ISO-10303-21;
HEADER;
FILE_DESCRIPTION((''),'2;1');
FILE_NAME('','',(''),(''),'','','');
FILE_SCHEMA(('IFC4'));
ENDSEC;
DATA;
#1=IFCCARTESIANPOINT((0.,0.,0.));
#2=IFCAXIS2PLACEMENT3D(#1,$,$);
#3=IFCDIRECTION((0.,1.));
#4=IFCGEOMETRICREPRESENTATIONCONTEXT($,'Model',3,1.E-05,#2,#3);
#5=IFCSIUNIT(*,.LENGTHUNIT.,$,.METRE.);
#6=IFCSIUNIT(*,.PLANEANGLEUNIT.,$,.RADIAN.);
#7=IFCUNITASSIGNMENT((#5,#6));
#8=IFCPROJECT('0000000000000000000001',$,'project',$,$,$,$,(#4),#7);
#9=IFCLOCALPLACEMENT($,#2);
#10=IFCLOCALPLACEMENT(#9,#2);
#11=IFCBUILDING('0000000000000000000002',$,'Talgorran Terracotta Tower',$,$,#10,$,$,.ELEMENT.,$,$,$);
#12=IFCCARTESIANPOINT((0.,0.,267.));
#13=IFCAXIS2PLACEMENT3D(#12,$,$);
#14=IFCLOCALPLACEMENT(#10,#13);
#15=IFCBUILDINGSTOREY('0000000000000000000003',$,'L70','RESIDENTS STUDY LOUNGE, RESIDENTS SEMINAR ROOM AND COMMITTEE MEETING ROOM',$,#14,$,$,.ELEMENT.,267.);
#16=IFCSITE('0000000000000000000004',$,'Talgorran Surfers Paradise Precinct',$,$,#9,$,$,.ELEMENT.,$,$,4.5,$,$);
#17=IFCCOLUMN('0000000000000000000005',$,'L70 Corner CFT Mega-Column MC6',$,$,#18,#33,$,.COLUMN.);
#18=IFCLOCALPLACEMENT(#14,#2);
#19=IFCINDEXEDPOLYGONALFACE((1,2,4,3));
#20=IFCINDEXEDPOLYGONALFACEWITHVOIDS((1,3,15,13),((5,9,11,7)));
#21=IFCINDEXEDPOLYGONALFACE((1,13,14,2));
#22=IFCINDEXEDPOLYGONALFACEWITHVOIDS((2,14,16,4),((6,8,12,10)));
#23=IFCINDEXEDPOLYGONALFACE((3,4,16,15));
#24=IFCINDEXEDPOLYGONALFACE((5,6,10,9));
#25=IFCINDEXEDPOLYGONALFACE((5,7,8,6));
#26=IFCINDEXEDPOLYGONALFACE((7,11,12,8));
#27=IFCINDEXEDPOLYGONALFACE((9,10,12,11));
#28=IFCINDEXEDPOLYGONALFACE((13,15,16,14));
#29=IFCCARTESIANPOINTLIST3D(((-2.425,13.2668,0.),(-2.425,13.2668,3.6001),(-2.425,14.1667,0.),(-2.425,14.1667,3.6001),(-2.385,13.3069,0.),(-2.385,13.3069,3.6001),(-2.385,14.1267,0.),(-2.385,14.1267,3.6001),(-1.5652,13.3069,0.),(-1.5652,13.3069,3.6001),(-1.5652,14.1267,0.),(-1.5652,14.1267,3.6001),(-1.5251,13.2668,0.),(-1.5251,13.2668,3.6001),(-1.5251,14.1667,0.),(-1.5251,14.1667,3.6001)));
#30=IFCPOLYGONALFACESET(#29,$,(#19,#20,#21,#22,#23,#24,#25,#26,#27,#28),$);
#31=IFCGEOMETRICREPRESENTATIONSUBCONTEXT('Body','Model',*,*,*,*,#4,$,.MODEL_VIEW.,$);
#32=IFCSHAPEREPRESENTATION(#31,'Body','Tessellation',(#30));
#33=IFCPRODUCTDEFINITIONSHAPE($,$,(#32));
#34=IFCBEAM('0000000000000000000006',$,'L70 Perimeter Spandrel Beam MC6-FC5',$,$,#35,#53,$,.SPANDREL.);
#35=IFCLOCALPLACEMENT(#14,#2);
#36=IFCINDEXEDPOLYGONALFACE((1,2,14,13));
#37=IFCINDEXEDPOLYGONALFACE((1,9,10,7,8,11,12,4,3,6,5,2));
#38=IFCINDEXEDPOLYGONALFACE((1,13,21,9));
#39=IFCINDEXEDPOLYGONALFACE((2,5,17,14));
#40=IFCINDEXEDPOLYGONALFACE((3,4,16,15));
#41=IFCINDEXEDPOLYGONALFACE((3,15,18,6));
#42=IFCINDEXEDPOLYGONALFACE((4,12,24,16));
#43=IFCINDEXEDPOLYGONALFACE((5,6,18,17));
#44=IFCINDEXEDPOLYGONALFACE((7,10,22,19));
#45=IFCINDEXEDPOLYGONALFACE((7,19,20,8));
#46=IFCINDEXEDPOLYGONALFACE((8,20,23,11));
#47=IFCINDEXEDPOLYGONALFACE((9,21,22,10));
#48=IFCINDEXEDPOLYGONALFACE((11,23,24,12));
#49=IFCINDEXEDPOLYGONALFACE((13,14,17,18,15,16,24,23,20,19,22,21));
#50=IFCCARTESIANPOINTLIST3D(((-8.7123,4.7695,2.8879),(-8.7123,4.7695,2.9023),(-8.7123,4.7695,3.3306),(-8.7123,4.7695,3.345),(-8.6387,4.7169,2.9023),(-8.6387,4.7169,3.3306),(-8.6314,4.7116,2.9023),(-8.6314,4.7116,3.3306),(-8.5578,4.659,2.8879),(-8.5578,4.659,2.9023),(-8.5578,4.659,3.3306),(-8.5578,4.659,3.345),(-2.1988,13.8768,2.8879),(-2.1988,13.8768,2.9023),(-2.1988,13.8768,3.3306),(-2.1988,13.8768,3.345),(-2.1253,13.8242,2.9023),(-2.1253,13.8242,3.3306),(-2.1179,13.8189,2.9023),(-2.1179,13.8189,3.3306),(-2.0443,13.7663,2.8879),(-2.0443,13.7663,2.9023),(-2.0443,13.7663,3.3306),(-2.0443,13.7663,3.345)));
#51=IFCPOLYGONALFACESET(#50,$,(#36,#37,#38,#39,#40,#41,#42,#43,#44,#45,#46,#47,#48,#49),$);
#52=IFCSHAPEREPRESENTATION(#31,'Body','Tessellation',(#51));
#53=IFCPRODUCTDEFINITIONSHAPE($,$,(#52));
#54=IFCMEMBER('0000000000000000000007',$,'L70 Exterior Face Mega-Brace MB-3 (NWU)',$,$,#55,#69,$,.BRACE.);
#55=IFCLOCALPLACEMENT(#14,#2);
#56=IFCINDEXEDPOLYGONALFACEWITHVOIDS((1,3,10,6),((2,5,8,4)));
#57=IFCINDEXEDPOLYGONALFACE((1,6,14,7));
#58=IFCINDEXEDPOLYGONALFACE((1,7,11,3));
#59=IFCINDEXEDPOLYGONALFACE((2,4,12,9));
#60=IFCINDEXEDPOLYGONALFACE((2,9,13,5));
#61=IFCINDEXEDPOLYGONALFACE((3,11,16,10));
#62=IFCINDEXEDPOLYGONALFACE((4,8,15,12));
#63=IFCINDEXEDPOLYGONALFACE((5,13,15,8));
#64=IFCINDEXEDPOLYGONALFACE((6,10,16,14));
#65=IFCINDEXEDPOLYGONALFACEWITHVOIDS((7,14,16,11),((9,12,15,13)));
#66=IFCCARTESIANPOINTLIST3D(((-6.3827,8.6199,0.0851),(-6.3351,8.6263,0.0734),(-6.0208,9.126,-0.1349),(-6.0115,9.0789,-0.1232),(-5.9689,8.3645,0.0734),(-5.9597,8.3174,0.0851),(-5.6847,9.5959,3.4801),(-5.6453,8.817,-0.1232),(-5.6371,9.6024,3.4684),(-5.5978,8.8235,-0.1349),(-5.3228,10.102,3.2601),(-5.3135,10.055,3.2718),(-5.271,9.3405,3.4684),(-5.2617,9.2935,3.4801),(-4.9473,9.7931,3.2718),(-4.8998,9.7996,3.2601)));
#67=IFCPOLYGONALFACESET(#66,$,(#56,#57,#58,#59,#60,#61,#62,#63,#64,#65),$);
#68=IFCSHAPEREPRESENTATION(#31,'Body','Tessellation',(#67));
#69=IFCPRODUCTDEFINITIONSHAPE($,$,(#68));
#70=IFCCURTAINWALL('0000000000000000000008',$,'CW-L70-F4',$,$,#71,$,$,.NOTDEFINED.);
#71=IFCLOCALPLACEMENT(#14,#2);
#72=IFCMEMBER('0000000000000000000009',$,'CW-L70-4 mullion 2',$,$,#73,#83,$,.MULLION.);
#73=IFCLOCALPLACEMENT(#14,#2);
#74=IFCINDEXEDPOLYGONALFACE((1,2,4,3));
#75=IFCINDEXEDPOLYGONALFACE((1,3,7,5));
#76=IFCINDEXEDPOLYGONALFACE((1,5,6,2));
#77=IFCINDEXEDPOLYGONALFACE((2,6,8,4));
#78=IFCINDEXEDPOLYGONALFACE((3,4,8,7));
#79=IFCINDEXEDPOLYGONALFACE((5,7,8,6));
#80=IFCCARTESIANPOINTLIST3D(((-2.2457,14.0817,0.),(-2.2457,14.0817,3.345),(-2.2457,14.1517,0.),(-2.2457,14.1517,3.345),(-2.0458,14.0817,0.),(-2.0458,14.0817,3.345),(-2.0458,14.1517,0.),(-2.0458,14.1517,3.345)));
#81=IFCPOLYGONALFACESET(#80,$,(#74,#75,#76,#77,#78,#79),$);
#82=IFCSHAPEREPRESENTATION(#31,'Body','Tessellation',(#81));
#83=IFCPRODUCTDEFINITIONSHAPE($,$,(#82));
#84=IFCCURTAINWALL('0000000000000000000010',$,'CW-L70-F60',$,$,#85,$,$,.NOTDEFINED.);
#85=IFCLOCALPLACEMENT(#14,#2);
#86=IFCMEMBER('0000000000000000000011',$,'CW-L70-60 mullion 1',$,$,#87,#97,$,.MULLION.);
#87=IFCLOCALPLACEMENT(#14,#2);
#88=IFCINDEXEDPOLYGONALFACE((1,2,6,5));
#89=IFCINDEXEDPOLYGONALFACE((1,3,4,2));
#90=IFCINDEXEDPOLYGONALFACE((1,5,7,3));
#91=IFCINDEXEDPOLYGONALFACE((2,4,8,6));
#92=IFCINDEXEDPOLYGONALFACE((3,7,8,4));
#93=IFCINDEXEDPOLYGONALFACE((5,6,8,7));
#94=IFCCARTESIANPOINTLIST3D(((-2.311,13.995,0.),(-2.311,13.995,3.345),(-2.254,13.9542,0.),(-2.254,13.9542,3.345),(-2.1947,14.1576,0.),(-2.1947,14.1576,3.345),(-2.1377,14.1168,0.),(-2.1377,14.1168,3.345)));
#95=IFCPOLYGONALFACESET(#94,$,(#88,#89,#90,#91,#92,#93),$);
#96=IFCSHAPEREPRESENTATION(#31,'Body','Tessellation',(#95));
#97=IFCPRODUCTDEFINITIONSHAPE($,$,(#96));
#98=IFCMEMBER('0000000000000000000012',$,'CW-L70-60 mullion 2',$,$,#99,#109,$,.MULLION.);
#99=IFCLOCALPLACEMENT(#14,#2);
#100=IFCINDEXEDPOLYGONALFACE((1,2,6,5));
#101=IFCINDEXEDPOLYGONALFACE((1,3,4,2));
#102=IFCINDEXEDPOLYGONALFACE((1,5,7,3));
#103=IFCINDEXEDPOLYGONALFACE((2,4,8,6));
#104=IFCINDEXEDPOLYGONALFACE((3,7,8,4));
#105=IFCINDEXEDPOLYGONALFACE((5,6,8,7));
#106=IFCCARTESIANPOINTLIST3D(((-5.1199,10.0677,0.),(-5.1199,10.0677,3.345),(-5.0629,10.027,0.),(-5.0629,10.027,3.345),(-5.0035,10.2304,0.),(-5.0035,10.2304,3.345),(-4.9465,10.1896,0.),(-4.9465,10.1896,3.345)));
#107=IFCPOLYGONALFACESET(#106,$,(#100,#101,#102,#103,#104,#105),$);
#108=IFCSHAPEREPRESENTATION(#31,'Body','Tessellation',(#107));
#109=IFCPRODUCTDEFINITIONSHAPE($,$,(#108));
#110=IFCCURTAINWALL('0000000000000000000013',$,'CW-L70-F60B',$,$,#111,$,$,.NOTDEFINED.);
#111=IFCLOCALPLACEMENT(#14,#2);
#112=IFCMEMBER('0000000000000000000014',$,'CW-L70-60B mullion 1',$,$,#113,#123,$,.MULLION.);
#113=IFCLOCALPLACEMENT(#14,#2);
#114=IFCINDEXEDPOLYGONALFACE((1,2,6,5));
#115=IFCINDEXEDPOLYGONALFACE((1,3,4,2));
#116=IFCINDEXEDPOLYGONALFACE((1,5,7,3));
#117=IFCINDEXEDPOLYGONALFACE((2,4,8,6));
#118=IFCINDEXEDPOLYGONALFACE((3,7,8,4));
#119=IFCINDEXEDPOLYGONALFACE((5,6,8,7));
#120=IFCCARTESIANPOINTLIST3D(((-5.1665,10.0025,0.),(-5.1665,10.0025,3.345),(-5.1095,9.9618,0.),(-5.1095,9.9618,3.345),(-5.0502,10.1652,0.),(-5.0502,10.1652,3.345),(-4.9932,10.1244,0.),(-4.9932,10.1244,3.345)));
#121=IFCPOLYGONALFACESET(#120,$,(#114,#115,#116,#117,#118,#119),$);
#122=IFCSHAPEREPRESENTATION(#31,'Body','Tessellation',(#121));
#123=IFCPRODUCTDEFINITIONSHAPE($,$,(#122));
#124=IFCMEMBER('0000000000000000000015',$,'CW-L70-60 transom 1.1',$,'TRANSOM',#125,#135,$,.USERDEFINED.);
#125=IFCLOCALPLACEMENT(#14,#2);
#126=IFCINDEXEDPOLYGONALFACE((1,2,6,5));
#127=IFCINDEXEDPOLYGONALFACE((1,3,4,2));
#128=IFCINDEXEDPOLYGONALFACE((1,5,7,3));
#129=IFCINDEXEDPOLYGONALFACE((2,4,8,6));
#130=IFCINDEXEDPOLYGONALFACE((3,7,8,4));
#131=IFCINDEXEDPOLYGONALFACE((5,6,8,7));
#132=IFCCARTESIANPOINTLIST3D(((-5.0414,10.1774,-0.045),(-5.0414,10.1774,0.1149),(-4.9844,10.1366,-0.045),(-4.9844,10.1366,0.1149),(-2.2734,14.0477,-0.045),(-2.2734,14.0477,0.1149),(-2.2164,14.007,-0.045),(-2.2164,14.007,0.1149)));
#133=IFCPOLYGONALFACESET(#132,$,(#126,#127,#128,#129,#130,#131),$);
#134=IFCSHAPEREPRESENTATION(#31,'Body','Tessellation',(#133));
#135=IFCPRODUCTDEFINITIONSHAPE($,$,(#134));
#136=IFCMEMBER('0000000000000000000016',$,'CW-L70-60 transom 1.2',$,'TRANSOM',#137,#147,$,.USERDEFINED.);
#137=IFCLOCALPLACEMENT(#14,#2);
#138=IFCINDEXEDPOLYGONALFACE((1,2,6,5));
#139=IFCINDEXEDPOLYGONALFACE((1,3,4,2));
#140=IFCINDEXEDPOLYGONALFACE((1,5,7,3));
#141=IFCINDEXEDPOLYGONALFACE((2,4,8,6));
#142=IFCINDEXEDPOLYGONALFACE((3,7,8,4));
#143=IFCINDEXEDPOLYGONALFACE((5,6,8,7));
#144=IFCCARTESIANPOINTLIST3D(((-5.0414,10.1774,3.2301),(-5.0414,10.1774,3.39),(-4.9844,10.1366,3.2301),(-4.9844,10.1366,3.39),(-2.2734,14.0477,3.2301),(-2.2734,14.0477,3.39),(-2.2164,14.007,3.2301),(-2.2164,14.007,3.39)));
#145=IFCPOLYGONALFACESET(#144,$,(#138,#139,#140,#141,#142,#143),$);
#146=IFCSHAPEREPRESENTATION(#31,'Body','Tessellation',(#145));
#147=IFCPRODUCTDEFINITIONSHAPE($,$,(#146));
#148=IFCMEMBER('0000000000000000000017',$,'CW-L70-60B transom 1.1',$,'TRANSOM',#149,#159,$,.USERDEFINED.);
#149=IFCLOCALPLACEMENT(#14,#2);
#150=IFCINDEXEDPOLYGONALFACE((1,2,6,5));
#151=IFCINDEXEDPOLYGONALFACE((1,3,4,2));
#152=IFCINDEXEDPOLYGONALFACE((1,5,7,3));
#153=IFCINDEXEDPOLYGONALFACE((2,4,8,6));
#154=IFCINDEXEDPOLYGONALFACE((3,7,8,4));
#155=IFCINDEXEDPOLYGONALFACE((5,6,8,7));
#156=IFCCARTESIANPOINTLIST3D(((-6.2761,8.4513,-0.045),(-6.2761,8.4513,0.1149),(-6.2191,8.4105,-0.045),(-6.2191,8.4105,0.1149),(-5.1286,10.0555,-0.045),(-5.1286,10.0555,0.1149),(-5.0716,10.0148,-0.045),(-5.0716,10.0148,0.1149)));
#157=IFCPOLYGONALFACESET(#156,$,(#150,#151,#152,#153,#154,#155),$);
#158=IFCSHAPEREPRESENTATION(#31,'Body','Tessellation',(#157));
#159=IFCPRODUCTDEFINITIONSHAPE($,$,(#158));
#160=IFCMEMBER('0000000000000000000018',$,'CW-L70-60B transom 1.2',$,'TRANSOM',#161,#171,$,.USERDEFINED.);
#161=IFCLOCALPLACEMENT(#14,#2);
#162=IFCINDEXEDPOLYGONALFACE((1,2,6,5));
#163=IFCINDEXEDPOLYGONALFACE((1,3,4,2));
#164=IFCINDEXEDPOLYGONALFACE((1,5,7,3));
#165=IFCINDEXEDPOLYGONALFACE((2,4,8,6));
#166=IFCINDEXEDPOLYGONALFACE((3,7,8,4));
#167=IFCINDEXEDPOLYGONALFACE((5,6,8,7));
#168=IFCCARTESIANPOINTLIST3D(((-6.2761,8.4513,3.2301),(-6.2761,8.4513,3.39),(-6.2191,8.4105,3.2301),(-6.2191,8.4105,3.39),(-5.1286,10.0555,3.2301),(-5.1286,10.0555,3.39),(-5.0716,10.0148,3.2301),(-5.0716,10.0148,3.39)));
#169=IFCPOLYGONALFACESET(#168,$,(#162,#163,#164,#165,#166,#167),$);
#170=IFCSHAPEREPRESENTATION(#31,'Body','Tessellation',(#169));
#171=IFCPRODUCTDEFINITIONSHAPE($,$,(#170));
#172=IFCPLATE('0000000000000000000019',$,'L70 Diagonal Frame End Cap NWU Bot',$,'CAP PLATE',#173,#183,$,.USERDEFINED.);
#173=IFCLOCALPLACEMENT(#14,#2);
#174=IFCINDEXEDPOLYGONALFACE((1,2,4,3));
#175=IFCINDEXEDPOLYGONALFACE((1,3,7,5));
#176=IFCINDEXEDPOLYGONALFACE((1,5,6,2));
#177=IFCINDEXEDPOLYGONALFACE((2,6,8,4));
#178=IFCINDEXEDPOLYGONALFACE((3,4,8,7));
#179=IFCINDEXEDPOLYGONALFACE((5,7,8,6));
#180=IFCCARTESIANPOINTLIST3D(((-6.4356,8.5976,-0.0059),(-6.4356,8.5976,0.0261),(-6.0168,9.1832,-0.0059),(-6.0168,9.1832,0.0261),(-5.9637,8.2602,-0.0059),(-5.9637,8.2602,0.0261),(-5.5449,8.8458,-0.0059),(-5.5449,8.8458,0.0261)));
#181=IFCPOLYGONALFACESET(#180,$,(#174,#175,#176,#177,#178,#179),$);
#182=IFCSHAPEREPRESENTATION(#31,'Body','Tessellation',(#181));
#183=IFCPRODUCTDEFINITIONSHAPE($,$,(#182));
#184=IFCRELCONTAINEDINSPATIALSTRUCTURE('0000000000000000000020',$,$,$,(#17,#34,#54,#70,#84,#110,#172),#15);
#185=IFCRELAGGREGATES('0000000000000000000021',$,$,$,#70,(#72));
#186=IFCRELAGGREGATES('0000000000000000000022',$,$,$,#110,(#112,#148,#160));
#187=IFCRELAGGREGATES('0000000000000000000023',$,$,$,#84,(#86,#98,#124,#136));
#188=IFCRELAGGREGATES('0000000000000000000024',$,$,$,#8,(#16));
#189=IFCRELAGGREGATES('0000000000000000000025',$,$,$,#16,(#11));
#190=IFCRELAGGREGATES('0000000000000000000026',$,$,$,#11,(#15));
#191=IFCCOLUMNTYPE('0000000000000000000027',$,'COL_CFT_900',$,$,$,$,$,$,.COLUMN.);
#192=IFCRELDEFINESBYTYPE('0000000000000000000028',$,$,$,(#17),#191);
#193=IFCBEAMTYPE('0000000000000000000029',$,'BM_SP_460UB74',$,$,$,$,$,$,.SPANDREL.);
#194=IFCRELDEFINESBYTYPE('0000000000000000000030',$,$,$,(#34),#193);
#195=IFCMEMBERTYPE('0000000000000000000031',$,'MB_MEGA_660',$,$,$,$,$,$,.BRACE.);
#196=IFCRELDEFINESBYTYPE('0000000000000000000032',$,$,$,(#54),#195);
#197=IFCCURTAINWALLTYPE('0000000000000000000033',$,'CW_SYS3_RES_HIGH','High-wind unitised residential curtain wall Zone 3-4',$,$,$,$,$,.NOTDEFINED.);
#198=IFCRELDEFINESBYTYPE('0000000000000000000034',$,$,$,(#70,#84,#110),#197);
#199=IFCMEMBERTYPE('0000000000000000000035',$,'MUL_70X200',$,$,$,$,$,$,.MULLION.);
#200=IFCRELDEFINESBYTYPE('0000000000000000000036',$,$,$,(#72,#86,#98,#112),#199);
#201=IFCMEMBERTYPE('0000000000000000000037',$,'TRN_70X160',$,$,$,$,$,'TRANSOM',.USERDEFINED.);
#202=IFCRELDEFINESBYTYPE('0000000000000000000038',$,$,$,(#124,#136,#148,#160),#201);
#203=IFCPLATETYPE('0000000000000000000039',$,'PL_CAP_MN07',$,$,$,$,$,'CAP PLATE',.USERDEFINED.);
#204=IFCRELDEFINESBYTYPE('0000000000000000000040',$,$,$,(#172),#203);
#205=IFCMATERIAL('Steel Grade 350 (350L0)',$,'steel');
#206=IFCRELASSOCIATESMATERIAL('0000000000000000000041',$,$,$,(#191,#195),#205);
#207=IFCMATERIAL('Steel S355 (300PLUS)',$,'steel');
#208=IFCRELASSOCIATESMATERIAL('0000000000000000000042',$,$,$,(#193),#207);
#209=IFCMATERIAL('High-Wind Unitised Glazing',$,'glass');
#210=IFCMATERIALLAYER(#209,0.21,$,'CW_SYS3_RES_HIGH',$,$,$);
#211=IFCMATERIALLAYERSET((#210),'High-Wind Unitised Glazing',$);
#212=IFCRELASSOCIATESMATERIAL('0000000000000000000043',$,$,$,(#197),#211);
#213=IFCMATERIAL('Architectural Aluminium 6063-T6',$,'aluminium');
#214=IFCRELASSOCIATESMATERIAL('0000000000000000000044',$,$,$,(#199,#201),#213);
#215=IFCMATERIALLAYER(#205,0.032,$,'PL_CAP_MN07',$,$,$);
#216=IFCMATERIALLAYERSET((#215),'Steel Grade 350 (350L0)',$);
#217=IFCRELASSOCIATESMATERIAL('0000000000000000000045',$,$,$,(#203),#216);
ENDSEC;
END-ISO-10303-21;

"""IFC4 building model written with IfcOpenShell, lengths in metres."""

from ifc_helpers import new_model, si_unit, direction, frame, origin, origin_2d, place, context, subcontext, project, spatial, rectangle, hollow_rectangle, i_section, extrude, material, layer, layer_set, material_profile, profile_set, type_object, element, aggregate, save


model = new_model("IFC4")

# Units and contexts
model_context = context("Model", 3, precision=1e-05, world=origin(), true_north=direction((0.0, 1.0)))
body_context = subcontext(model_context, "Body", "Model", "MODEL_VIEW")
ifc_project = project(units=[si_unit("LENGTHUNIT", "METRE"), si_unit("PLANEANGLEUNIT", "RADIAN")], contexts=[model_context])

# Site, building, storey
site_placement = place(None, origin())
site = spatial("IfcSite", under=ifc_project, at=site_placement, Name="Talgorran Surfers Paradise Precinct", CompositionType="ELEMENT", RefElevation=4.5)
building_placement = place(site_placement, origin())
building = spatial("IfcBuilding", under=site, at=building_placement, Name="Talgorran Terracotta Tower", CompositionType="ELEMENT")
storey_placement = place(building_placement, frame((0.0, 0.0, 267.0)))
storey = spatial("IfcBuildingStorey", under=building, at=storey_placement, Name="L70", Description="RESIDENTS STUDY LOUNGE, RESIDENTS SEMINAR ROOM AND COMMITTEE MEETING ROOM", CompositionType="ELEMENT", Elevation=267.0)

# Column
ifc_material_1 = material(Name="Steel Grade 350 (350L0)", Category="steel")
ifc_material_profile_1 = material_profile(ifc_material_1, hollow_rectangle(XDim=0.8999, YDim=0.8999, WallThickness=0.04, at=origin_2d()), Name="CFT900X900X40")
ifc_profile_set_1 = profile_set([ifc_material_profile_1], Name="Steel Grade 350 (350L0)")
column_type = type_object("IfcColumnType", Name="COL_CFT_900", PredefinedType="COLUMN", material=ifc_profile_set_1)
column_placement = place(storey_placement, frame((-1.9751, 13.7168, 0.0), z_axis=(0.0, 0.0, 1.0), x_axis=(1.0, 0.0, 0.0)))
element("IfcColumn", 1, at=column_placement, inside=storey, type_object=column_type, Name="L70 Corner CFT Mega-Column MC6", PredefinedType="COLUMN", context=body_context, shape_type="SweptSolid", body=[
    extrude(hollow_rectangle(XDim=0.8999, YDim=0.8999, WallThickness=0.04, at=origin_2d()), origin(), (0.0, 0.0, 1.0), 3.6001),
])

# Beam
ifc_material_2 = material(Name="Steel S355 (300PLUS)", Category="steel")
ifc_material_profile_2 = material_profile(ifc_material_2, i_section(OverallWidth=0.1899, OverallDepth=0.457, WebThickness=0.009, FlangeThickness=0.0144, at=origin_2d()), Name="460UB74.6")
ifc_profile_set_2 = profile_set([ifc_material_profile_2], Name="Steel S355 (300PLUS)")
beam_type = type_object("IfcBeamType", Name="BM_SP_460UB74", PredefinedType="SPANDREL", material=ifc_profile_set_2)
beam_placement = place(storey_placement, frame((-2.1216, 13.8215, 3.1165), z_axis=(-0.581729, -0.813383, 0.0), x_axis=(0.813383, -0.581729, 0.0)))
element("IfcBeam", 2, at=beam_placement, inside=storey, type_object=beam_type, Name="L70 Perimeter Spandrel Beam MC6-FC5", PredefinedType="SPANDREL", context=body_context, shape_type="SweptSolid", body=[
    extrude(i_section(OverallWidth=0.1899, OverallDepth=0.457, WebThickness=0.009, FlangeThickness=0.0144, at=origin_2d()), origin(), (0.0, 0.0, 1.0), 11.1968),
])

# Member
ifc_material_profile_3 = material_profile(ifc_material_1, hollow_rectangle(XDim=0.52, YDim=0.6599, WallThickness=0.0349, at=origin_2d()), Name="WBOX660X520X35")
ifc_profile_set_3 = profile_set([ifc_material_profile_3], Name="Steel Grade 350 (350L0)")
member_type_1 = type_object("IfcMemberType", Name="MB_MEGA_660", PredefinedType="BRACE", material=ifc_profile_set_3)
member_1_placement = place(storey_placement, frame((-5.9902, 8.7217, -0.0249), z_axis=(0.193843, 0.271068, 0.94284), x_axis=(-0.813417, 0.581681, 0.0)))
element("IfcMember", 3, at=member_1_placement, inside=storey, type_object=member_type_1, Name="L70 Exterior Face Mega-Brace MB-3 (NWU)", PredefinedType="BRACE", context=body_context, shape_type="SweptSolid", body=[
    extrude(hollow_rectangle(XDim=0.52, YDim=0.6599, WallThickness=0.0349, at=origin_2d()), origin(), (0.0, 0.0, 1.0), 3.6008),
])

# Curtain wall, member
ifc_material_3 = material(Name="High-Wind Unitised Glazing", Category="glass")
ifc_layer_1 = layer(ifc_material_3, 0.21, Name="CW_SYS3_RES_HIGH")
ifc_layer_set_1 = layer_set([ifc_layer_1], Name="High-Wind Unitised Glazing")
curtain_wall_type = type_object("IfcCurtainWallType", Name="CW_SYS3_RES_HIGH", Description="High-wind unitised residential curtain wall Zone 3-4", PredefinedType="NOTDEFINED", material=ifc_layer_set_1)
curtain_wall_1_placement = place(storey_placement, origin())
curtain_wall_1 = element("IfcCurtainWall", 4, at=curtain_wall_1_placement, inside=storey, type_object=curtain_wall_type, Name="CW-L70-F4", PredefinedType="NOTDEFINED")
ifc_material_4 = material(Name="Architectural Aluminium 6063-T6", Category="aluminium")
ifc_material_profile_4 = material_profile(ifc_material_4, rectangle(XDim=0.0701, YDim=0.2, at=origin_2d()), Name="CWM70X200")
ifc_profile_set_4 = profile_set([ifc_material_profile_4], Name="Architectural Aluminium 6063-T6")
member_type_2 = type_object("IfcMemberType", Name="MUL_70X200", PredefinedType="MULLION", material=ifc_profile_set_4)
member_2_placement = place(storey_placement, frame((-2.1458, 14.1167, 0.0), z_axis=(0.0, 0.0, 1.0), x_axis=(0.0, -1.0, 0.0)))
member_2 = element("IfcMember", 5, at=member_2_placement, type_object=member_type_2, Name="CW-L70-4 mullion 2", PredefinedType="MULLION", context=body_context, shape_type="SweptSolid", body=[
    extrude(rectangle(XDim=0.0701, YDim=0.2, at=origin_2d()), origin(), (0.0, 0.0, 1.0), 3.345),
])
aggregate(curtain_wall_1, [member_2])

# Curtain wall, members
curtain_wall_2_placement = place(storey_placement, origin())
curtain_wall_2 = element("IfcCurtainWall", 6, at=curtain_wall_2_placement, inside=storey, type_object=curtain_wall_type, Name="CW-L70-F60", PredefinedType="NOTDEFINED")
member_3_placement = place(storey_placement, frame((-2.2244, 14.0559, 0.0), z_axis=(0.0, 0.0, 1.0), x_axis=(0.813382, -0.581731, 0.0)))
member_3 = element("IfcMember", 7, at=member_3_placement, type_object=member_type_2, Name="CW-L70-60 mullion 1", PredefinedType="MULLION", context=body_context, shape_type="SweptSolid", body=[
    extrude(rectangle(XDim=0.0701, YDim=0.2, at=origin_2d()), origin(), (0.0, 0.0, 1.0), 3.345),
])
member_4_placement = place(storey_placement, frame((-5.0332, 10.1287, 0.0), z_axis=(0.0, 0.0, 1.0), x_axis=(0.813382, -0.581731, 0.0)))
member_4 = element("IfcMember", 8, at=member_4_placement, type_object=member_type_2, Name="CW-L70-60 mullion 2", PredefinedType="MULLION", context=body_context, shape_type="SweptSolid", body=[
    extrude(rectangle(XDim=0.0701, YDim=0.2, at=origin_2d()), origin(), (0.0, 0.0, 1.0), 3.345),
])

# Curtain wall, member
curtain_wall_3_placement = place(storey_placement, origin())
curtain_wall_3 = element("IfcCurtainWall", 9, at=curtain_wall_3_placement, inside=storey, type_object=curtain_wall_type, Name="CW-L70-F60B", PredefinedType="NOTDEFINED")
member_5_placement = place(storey_placement, frame((-5.0798, 10.0635, 0.0), z_axis=(0.0, 0.0, 1.0), x_axis=(0.813378, -0.581735, 0.0)))
member_5 = element("IfcMember", 10, at=member_5_placement, type_object=member_type_2, Name="CW-L70-60B mullion 1", PredefinedType="MULLION", context=body_context, shape_type="SweptSolid", body=[
    extrude(rectangle(XDim=0.0701, YDim=0.2, at=origin_2d()), origin(), (0.0, 0.0, 1.0), 3.345),
])

# Members
ifc_material_profile_5 = material_profile(ifc_material_4, rectangle(XDim=0.0701, YDim=0.1599, at=origin_2d()), Name="CWT70X160")
ifc_profile_set_5 = profile_set([ifc_material_profile_5], Name="Architectural Aluminium 6063-T6")
member_type_3 = type_object("IfcMemberType", Name="TRN_70X160", ElementType="TRANSOM", PredefinedType="USERDEFINED", material=ifc_profile_set_5)
member_6_placement = place(storey_placement, frame((-2.2449, 14.0273, 0.0349), z_axis=(-0.581728, -0.813383, 0.0), x_axis=(0.813383, -0.581728, 0.0)))
member_6 = element("IfcMember", 11, at=member_6_placement, type_object=member_type_3, Name="CW-L70-60 transom 1.1", ObjectType="TRANSOM", PredefinedType="USERDEFINED", context=body_context, shape_type="SweptSolid", body=[
    extrude(rectangle(XDim=0.0701, YDim=0.1599, at=origin_2d()), origin(), (0.0, 0.0, 1.0), 4.7583),
])
member_7_placement = place(storey_placement, frame((-2.2449, 14.0273, 3.3101), z_axis=(-0.581728, -0.813383, 0.0), x_axis=(0.813383, -0.581728, 0.0)))
member_7 = element("IfcMember", 12, at=member_7_placement, type_object=member_type_3, Name="CW-L70-60 transom 1.2", ObjectType="TRANSOM", PredefinedType="USERDEFINED", context=body_context, shape_type="SweptSolid", body=[
    extrude(rectangle(XDim=0.0701, YDim=0.1599, at=origin_2d()), origin(), (0.0, 0.0, 1.0), 4.7583),
])
member_8_placement = place(storey_placement, frame((-5.1001, 10.0352, 0.0349), z_axis=(-0.581765, -0.813357, 0.0), x_axis=(0.813357, -0.581765, 0.0)))
member_8 = element("IfcMember", 13, at=member_8_placement, type_object=member_type_3, Name="CW-L70-60B transom 1.1", ObjectType="TRANSOM", PredefinedType="USERDEFINED", context=body_context, shape_type="SweptSolid", body=[
    extrude(rectangle(XDim=0.0701, YDim=0.1599, at=origin_2d()), origin(), (0.0, 0.0, 1.0), 1.9724),
])
member_9_placement = place(storey_placement, frame((-5.1001, 10.0352, 3.3101), z_axis=(-0.581765, -0.813357, 0.0), x_axis=(0.813357, -0.581765, 0.0)))
member_9 = element("IfcMember", 14, at=member_9_placement, type_object=member_type_3, Name="CW-L70-60B transom 1.2", ObjectType="TRANSOM", PredefinedType="USERDEFINED", context=body_context, shape_type="SweptSolid", body=[
    extrude(rectangle(XDim=0.0701, YDim=0.1599, at=origin_2d()), origin(), (0.0, 0.0, 1.0), 1.9724),
])

# Plate
ifc_layer_2 = layer(ifc_material_1, 0.032, Name="PL_CAP_MN07")
ifc_layer_set_2 = layer_set([ifc_layer_2], Name="Steel Grade 350 (350L0)")
plate_type_1 = type_object("IfcPlateType", Name="PL_CAP_MN07", ElementType="CAP PLATE", PredefinedType="USERDEFINED", material=ifc_layer_set_2)
for number, where, z_axis, x_axis, name in (
    (15, (-5.9902, 8.7217, -0.0059), (0.0, 0.0, 1.0), (0.581697, 0.813405, 0.0), "L70 Diagonal Frame End Cap NWU Bot"),
):
    element("IfcPlate", number, at=place(storey_placement, frame(where, z_axis=z_axis, x_axis=x_axis)), inside=storey, type_object=plate_type_1, Name=name, ObjectType="CAP PLATE", PredefinedType="USERDEFINED", context=body_context, shape_type="SweptSolid", body=[
        extrude(rectangle(XDim=0.72, YDim=0.5801, at=origin_2d()), origin(), (0.0, 0.0, 1.0), 0.032),
    ])

aggregate(curtain_wall_3, [member_5, member_8, member_9])
aggregate(curtain_wall_2, [member_3, member_4, member_6, member_7])

save(model, "model.ifc")
